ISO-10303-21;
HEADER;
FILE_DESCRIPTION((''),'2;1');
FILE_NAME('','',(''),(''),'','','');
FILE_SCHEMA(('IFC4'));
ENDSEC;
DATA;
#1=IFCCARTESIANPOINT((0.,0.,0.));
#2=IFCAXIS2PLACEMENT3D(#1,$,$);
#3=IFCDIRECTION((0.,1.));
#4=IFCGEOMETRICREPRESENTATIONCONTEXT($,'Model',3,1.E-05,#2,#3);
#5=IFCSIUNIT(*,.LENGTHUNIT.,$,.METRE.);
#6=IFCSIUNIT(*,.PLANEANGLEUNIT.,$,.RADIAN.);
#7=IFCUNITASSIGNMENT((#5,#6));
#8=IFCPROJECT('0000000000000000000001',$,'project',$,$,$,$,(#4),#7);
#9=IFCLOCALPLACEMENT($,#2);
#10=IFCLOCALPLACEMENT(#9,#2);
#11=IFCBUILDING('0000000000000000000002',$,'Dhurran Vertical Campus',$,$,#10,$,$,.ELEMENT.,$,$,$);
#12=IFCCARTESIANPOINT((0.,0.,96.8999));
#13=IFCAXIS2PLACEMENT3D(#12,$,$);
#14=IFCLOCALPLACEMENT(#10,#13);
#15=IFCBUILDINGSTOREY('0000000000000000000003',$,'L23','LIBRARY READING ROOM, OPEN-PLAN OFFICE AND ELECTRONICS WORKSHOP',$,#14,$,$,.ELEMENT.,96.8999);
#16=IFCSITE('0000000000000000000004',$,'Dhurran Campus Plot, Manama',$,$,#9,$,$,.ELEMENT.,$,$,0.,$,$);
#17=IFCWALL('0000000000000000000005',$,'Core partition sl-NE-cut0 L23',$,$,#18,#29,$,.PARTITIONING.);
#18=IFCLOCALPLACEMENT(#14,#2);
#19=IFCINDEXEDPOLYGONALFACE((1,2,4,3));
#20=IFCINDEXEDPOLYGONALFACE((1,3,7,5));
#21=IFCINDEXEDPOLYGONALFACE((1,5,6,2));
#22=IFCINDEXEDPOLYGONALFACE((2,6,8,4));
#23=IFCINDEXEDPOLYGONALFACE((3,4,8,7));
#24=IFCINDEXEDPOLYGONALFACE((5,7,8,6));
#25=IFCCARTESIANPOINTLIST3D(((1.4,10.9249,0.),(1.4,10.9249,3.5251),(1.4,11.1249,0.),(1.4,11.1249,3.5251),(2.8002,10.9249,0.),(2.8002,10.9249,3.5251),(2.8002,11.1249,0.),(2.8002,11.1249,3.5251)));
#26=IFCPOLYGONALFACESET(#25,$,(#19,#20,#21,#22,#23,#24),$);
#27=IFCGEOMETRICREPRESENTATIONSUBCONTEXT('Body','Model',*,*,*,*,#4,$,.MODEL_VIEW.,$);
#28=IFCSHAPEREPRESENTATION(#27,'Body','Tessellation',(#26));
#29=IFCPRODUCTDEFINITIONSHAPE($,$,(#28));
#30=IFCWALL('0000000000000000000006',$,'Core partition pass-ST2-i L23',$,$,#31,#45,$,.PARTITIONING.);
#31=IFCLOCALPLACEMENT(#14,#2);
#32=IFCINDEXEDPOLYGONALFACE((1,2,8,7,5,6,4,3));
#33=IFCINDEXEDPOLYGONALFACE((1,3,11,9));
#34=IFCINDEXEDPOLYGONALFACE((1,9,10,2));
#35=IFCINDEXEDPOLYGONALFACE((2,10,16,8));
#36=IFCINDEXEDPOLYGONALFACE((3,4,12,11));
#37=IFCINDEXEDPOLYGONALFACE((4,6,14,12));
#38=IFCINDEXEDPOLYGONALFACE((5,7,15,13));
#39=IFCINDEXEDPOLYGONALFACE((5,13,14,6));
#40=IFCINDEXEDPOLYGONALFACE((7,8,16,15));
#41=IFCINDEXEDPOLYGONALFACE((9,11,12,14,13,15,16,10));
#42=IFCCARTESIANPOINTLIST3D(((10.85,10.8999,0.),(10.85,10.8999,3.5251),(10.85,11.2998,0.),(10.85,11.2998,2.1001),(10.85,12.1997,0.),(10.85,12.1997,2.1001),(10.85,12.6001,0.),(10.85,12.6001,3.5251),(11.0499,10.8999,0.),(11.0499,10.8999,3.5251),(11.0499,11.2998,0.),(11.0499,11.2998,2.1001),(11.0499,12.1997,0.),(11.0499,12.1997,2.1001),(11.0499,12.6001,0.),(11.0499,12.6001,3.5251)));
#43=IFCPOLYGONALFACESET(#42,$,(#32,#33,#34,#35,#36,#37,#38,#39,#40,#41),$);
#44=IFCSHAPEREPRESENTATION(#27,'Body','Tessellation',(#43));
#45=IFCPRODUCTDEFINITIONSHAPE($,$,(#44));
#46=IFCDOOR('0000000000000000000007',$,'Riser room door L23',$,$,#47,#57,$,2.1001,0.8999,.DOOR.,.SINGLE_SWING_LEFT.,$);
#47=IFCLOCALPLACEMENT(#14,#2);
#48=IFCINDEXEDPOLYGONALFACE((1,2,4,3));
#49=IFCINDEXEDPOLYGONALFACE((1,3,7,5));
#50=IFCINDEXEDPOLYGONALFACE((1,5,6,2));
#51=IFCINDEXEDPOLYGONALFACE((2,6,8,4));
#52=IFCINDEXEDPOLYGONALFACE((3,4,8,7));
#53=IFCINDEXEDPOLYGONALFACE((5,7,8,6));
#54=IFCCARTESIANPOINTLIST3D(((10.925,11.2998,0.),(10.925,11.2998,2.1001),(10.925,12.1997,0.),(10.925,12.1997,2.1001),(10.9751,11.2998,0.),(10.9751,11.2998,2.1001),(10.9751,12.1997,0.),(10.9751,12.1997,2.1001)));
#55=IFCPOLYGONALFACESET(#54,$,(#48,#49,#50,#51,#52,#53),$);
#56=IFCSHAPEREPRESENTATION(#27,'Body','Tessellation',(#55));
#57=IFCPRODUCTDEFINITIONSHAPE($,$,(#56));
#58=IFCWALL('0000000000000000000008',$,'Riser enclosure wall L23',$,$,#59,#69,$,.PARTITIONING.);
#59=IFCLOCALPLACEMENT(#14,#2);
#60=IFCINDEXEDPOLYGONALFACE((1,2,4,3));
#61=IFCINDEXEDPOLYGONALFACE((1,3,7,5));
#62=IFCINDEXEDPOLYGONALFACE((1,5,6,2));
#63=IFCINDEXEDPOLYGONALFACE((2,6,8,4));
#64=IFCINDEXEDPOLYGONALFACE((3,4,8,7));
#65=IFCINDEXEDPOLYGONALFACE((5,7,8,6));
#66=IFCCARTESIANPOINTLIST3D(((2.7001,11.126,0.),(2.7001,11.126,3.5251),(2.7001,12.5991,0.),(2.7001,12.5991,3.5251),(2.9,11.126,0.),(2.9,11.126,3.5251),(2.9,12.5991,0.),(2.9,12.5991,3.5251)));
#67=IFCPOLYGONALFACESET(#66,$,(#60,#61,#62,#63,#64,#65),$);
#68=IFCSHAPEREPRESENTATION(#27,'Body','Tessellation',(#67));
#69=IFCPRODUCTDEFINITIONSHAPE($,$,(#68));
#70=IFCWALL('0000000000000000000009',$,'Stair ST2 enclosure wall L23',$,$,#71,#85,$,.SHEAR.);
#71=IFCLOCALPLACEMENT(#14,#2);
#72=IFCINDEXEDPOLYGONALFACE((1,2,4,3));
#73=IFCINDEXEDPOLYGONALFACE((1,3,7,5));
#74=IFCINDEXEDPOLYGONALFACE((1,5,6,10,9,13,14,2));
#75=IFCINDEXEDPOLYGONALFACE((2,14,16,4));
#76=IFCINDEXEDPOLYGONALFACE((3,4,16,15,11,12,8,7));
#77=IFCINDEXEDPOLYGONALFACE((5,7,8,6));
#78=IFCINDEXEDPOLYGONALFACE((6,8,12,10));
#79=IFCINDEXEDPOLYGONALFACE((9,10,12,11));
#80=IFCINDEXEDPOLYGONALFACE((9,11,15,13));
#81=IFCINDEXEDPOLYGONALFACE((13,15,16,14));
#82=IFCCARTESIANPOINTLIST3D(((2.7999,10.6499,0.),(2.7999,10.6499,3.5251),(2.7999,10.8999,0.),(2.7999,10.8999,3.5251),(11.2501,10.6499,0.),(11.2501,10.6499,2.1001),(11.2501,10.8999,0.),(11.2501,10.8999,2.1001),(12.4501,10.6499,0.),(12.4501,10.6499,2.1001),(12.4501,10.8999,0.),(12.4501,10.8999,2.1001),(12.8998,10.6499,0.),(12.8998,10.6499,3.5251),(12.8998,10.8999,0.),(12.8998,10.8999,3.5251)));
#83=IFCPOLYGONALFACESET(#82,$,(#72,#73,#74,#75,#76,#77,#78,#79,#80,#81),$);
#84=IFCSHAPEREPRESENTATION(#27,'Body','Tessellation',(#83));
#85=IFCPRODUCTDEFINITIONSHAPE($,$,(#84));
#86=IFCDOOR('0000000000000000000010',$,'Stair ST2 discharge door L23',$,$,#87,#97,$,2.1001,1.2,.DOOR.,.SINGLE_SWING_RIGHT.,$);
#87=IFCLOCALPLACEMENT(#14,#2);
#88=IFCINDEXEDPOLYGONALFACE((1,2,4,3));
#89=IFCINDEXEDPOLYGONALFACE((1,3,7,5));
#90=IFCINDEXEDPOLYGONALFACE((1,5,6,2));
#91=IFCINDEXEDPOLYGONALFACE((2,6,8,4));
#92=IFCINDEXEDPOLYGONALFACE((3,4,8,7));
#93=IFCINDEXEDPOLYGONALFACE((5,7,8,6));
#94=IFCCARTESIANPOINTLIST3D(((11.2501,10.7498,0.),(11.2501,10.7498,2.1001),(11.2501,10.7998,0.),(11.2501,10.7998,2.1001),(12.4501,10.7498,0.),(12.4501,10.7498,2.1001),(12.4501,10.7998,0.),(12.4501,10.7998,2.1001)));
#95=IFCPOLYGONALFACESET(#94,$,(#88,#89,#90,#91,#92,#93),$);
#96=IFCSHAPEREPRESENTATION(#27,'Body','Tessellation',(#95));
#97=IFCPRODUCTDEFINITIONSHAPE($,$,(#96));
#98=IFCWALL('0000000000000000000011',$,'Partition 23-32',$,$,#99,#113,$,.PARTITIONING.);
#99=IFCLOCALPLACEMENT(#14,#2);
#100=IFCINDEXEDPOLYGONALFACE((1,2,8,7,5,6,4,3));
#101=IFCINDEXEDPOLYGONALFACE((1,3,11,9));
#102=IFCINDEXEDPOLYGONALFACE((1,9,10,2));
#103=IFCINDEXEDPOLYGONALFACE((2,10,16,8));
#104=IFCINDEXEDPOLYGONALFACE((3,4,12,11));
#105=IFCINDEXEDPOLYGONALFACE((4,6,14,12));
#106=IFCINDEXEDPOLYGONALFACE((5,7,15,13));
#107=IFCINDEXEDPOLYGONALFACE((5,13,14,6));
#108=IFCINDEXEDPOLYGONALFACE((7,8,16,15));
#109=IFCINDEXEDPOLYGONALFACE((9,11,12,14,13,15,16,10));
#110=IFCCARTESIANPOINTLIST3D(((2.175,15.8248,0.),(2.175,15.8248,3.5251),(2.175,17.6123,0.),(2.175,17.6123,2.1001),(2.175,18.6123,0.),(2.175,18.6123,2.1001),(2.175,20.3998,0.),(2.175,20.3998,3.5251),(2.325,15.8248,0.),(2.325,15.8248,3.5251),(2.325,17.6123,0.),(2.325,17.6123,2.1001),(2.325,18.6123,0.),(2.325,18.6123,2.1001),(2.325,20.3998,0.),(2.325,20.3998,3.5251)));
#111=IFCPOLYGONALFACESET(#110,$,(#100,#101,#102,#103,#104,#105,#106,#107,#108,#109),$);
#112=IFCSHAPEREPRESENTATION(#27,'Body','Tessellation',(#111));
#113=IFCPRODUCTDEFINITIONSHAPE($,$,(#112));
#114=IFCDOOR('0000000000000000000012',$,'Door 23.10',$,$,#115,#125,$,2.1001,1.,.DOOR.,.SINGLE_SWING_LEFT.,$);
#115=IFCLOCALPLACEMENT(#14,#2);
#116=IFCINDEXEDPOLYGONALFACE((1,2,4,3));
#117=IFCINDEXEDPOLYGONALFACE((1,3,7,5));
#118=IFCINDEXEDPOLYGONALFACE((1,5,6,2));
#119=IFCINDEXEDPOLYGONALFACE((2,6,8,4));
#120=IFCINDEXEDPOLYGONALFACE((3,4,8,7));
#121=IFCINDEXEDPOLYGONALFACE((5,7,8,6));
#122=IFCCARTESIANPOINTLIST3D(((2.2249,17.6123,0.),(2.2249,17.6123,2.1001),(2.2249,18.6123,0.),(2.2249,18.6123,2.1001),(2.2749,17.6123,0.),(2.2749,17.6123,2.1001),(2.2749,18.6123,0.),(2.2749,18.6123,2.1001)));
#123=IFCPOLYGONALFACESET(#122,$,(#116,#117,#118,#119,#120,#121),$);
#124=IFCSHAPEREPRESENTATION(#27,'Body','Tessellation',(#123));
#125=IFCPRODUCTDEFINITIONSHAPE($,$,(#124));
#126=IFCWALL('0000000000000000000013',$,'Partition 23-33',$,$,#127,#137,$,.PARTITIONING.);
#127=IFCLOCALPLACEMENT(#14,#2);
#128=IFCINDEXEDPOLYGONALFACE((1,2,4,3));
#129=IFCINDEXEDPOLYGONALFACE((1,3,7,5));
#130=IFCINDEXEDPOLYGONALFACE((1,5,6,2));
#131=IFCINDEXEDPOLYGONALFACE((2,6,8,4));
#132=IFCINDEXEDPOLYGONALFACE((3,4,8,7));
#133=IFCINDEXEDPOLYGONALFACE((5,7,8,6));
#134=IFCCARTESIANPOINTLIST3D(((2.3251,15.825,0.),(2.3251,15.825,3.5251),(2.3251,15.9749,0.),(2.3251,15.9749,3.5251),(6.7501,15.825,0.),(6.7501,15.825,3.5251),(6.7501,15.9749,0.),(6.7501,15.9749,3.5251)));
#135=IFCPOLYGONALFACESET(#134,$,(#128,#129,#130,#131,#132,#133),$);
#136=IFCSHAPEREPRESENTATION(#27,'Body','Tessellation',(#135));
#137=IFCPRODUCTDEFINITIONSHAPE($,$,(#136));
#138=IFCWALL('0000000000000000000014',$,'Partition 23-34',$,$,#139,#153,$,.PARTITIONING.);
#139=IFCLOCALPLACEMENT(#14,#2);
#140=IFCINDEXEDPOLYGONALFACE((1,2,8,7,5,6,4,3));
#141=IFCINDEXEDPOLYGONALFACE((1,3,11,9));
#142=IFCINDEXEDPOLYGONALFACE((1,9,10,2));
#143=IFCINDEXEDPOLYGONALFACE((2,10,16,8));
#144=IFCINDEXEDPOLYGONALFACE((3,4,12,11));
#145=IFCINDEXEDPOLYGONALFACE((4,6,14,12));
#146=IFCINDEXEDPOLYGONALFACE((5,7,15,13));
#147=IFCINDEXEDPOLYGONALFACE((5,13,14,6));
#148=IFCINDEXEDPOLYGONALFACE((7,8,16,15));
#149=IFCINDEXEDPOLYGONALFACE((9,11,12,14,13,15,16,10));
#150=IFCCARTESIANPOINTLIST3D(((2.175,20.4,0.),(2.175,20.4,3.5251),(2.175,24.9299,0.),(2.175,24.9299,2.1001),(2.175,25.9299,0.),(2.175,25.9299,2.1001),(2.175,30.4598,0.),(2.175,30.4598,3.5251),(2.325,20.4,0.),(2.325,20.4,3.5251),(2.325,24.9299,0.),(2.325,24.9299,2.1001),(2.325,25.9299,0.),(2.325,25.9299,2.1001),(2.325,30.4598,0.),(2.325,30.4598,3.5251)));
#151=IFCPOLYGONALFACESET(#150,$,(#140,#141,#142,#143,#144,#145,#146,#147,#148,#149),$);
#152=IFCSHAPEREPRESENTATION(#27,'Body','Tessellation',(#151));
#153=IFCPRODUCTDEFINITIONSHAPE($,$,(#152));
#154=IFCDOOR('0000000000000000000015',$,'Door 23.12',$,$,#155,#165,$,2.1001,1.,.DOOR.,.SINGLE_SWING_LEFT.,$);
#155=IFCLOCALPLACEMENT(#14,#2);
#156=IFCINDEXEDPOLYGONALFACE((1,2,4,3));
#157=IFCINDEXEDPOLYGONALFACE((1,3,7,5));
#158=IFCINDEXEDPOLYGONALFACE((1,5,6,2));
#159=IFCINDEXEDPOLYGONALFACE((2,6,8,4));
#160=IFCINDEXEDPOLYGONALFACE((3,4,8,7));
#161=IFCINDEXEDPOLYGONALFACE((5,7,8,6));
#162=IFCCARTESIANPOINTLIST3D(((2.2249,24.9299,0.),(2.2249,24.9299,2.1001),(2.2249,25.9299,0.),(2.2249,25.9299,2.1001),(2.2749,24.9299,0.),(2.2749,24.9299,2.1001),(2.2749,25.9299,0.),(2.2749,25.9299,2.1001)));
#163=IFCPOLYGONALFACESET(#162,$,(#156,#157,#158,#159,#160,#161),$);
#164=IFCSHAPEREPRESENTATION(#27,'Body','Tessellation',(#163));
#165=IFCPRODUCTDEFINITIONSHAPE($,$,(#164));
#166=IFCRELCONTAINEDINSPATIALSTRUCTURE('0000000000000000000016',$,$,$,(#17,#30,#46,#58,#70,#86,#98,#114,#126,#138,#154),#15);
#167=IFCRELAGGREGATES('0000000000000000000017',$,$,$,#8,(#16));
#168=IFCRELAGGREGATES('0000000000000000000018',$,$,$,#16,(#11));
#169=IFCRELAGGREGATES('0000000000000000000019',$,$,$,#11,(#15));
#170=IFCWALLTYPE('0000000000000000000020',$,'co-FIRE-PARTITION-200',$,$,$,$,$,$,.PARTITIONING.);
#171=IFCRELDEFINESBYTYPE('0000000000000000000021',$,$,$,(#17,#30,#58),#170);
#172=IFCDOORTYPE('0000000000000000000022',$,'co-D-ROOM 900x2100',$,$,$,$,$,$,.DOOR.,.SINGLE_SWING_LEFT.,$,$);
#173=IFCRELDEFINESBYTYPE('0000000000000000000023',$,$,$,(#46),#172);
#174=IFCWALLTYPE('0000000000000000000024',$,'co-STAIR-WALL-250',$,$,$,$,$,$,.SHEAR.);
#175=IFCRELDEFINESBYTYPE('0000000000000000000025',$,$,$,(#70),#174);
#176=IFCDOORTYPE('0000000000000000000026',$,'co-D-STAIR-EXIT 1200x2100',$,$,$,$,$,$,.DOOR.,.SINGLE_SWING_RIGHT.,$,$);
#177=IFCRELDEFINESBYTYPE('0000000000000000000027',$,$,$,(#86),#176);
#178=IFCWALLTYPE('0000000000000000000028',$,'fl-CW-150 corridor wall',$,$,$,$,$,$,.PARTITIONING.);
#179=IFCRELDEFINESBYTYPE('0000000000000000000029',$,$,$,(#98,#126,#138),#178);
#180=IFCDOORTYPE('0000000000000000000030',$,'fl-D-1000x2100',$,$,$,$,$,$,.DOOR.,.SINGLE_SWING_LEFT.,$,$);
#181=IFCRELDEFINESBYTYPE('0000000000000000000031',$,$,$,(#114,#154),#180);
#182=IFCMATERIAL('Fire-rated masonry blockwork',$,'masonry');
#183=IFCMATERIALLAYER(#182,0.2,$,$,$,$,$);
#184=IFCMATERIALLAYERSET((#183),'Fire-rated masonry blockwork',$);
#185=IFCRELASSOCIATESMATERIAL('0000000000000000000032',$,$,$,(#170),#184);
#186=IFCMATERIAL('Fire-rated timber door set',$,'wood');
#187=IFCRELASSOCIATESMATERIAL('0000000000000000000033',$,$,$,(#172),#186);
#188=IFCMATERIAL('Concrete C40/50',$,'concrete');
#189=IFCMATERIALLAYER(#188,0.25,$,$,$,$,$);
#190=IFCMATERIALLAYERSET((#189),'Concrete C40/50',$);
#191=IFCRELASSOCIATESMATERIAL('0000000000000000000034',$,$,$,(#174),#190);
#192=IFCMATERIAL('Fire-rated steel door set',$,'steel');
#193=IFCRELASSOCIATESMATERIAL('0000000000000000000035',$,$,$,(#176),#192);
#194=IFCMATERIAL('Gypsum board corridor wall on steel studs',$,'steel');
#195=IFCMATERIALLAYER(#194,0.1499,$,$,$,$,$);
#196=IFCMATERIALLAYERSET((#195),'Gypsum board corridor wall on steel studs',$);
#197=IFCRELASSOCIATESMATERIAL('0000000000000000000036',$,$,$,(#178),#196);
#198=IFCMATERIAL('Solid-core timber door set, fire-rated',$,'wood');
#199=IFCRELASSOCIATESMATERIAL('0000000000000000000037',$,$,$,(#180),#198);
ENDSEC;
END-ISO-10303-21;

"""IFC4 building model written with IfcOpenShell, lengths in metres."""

from ifc_helpers import new_model, si_unit, direction, frame, frame_2d, origin, place, context, subcontext, project, spatial, rectangle, extrude, material, layer, layer_set, type_object, element, fill, save


model = new_model("IFC4")

# Units and contexts
model_context = context("Model", 3, precision=1e-05, world=origin(), true_north=direction((0.0, 1.0)))
body_context = subcontext(model_context, "Body", "Model", "MODEL_VIEW")
ifc_project = project(units=[si_unit("LENGTHUNIT", "METRE"), si_unit("PLANEANGLEUNIT", "RADIAN")], contexts=[model_context])

# Site, building, storey
site_placement = place(None, origin())
site = spatial("IfcSite", under=ifc_project, at=site_placement, Name="Dhurran Campus Plot, Manama", CompositionType="ELEMENT", RefElevation=0.0)
building_placement = place(site_placement, origin())
building = spatial("IfcBuilding", under=site, at=building_placement, Name="Dhurran Vertical Campus", CompositionType="ELEMENT")
storey_placement = place(building_placement, frame((0.0, 0.0, 96.8999)))
storey = spatial("IfcBuildingStorey", under=building, at=storey_placement, Name="L23", Description="LIBRARY READING ROOM, OPEN-PLAN OFFICE AND ELECTRONICS WORKSHOP", CompositionType="ELEMENT", Elevation=96.8999)

# Wall
ifc_material_1 = material(Name="Fire-rated masonry blockwork", Category="masonry")
ifc_layer_1 = layer(ifc_material_1, 0.2)
ifc_layer_set_1 = layer_set([ifc_layer_1], Name="Fire-rated masonry blockwork")
wall_type_1 = type_object("IfcWallType", Name="co-FIRE-PARTITION-200", PredefinedType="PARTITIONING", material=ifc_layer_set_1)
wall_1_placement = place(storey_placement, frame((1.3999, 11.0249, 0.0), z_axis=(0.0, 0.0, 1.0), x_axis=(1.0, 0.0, 0.0)))
element("IfcWall", 1, at=wall_1_placement, inside=storey, type_object=wall_type_1, Name="Core partition sl-NE-cut0 L23", PredefinedType="PARTITIONING", context=body_context, shape_type="SweptSolid", body=[
    extrude(rectangle(XDim=1.4001, YDim=0.2, at=frame_2d((0.7002, 0.0))), origin(), (0.0, 0.0, 1.0), 3.5251),
])

# Wall, opening, door
wall_2_placement = place(storey_placement, frame((10.95, 10.8999, 0.0), z_axis=(0.0, 0.0, 1.0), x_axis=(0.0, 1.0, 0.0)))
wall_2 = element("IfcWall", 2, at=wall_2_placement, inside=storey, type_object=wall_type_1, Name="Core partition pass-ST2-i L23", PredefinedType="PARTITIONING", context=body_context, shape_type="SweptSolid", body=[
    extrude(rectangle(XDim=1.7002, YDim=0.2, at=frame_2d((0.8501, 0.0))), origin(), (0.0, 0.0, 1.0), 3.5251),
])
opening_1_placement = place(wall_2_placement, frame((0.3999, 0.0, 0.0)))
opening_1 = element("IfcOpeningElement", 3, at=opening_1_placement, cuts=wall_2, PredefinedType="OPENING", context=body_context, shape_type="SweptSolid", body=[
    extrude(rectangle(XDim=0.8999, YDim=2.1001, at=frame_2d((0.45, 1.05))), frame((0.0, 0.1099, 0.0), z_axis=(0.0, -1.0, 0.0), x_axis=(1.0, 0.0, 0.0)), (0.0, 0.0, 1.0), 0.22),
])
ifc_material_2 = material(Name="Fire-rated timber door set", Category="wood")
door_type_1 = type_object("IfcDoorType", Name="co-D-ROOM 900x2100", OperationType="SINGLE_SWING_LEFT", PredefinedType="DOOR", material=ifc_material_2)
door_1_placement = place(opening_1_placement, origin())
door_1 = element("IfcDoor", 4, at=door_1_placement, inside=storey, type_object=door_type_1, Name="Riser room door L23", OperationType="SINGLE_SWING_LEFT", OverallHeight=2.1001, OverallWidth=0.8999, PredefinedType="DOOR", context=body_context, shape_type="SweptSolid", body=[
    extrude(rectangle(XDim=0.8999, YDim=2.1001, at=frame_2d((0.45, 1.05))), frame((0.0, 0.0249, 0.0), z_axis=(0.0, -1.0, 0.0), x_axis=(1.0, 0.0, 0.0)), (0.0, 0.0, 1.0), 0.05),
])
fill(opening_1, door_1)

# Wall
wall_3_placement = place(storey_placement, frame((2.8, 12.5991, 0.0), z_axis=(0.0, 0.0, 1.0), x_axis=(0.0, -1.0, 0.0)))
element("IfcWall", 5, at=wall_3_placement, inside=storey, type_object=wall_type_1, Name="Riser enclosure wall L23", PredefinedType="PARTITIONING", context=body_context, shape_type="SweptSolid", body=[
    extrude(rectangle(XDim=1.4731, YDim=0.2, at=frame_2d((0.7366, 0.0))), origin(), (0.0, 0.0, 1.0), 3.5251),
])

# Walls, openings, doors
ifc_material_3 = material(Name="Concrete C40/50", Category="concrete")
ifc_layer_2 = layer(ifc_material_3, 0.25)
ifc_layer_set_2 = layer_set([ifc_layer_2], Name="Concrete C40/50")
wall_type_2 = type_object("IfcWallType", Name="co-STAIR-WALL-250", PredefinedType="SHEAR", material=ifc_layer_set_2)
wall_4_placement = place(storey_placement, frame((2.8, 10.7749, 0.0), z_axis=(0.0, 0.0, 1.0), x_axis=(1.0, 0.0, 0.0)))
wall_4 = element("IfcWall", 6, at=wall_4_placement, inside=storey, type_object=wall_type_2, Name="Stair ST2 enclosure wall L23", PredefinedType="SHEAR", context=body_context, shape_type="SweptSolid", body=[
    extrude(rectangle(XDim=10.0999, YDim=0.25, at=frame_2d((5.0498, 0.0))), origin(), (0.0, 0.0, 1.0), 3.5251),
])
opening_2_placement = place(wall_4_placement, frame((8.45, 0.0, 0.0)))
opening_2 = element("IfcOpeningElement", 7, at=opening_2_placement, cuts=wall_4, PredefinedType="OPENING", context=body_context, shape_type="SweptSolid", body=[
    extrude(rectangle(XDim=1.2, YDim=2.1001, at=frame_2d((0.6001, 1.05))), frame((0.0, 0.135, 0.0), z_axis=(0.0, -1.0, 0.0), x_axis=(1.0, 0.0, 0.0)), (0.0, 0.0, 1.0), 0.27),
])
ifc_material_4 = material(Name="Fire-rated steel door set", Category="steel")
door_type_2 = type_object("IfcDoorType", Name="co-D-STAIR-EXIT 1200x2100", OperationType="SINGLE_SWING_RIGHT", PredefinedType="DOOR", material=ifc_material_4)
door_2_placement = place(opening_2_placement, origin())
door_2 = element("IfcDoor", 8, at=door_2_placement, inside=storey, type_object=door_type_2, Name="Stair ST2 discharge door L23", OperationType="SINGLE_SWING_RIGHT", OverallHeight=2.1001, OverallWidth=1.2, PredefinedType="DOOR", context=body_context, shape_type="SweptSolid", body=[
    extrude(rectangle(XDim=1.2, YDim=2.1001, at=frame_2d((0.6001, 1.05))), frame((0.0, 0.0249, 0.0), z_axis=(0.0, -1.0, 0.0), x_axis=(1.0, 0.0, 0.0)), (0.0, 0.0, 1.0), 0.05),
])
fill(opening_2, door_2)
ifc_material_5 = material(Name="Gypsum board corridor wall on steel studs", Category="steel")
ifc_layer_3 = layer(ifc_material_5, 0.1499)
ifc_layer_set_3 = layer_set([ifc_layer_3], Name="Gypsum board corridor wall on steel studs")
wall_type_3 = type_object("IfcWallType", Name="fl-CW-150 corridor wall", PredefinedType="PARTITIONING", material=ifc_layer_set_3)
wall_5_placement = place(storey_placement, frame((2.25, 20.3999, 0.0), z_axis=(0.0, 0.0, 1.0), x_axis=(0.0, -1.0, 0.0)))
wall_5 = element("IfcWall", 9, at=wall_5_placement, inside=storey, type_object=wall_type_3, Name="Partition 23-32", PredefinedType="PARTITIONING", context=body_context, shape_type="SweptSolid", body=[
    extrude(rectangle(XDim=4.575, YDim=0.1499, at=frame_2d((2.2876, 0.0))), origin(), (0.0, 0.0, 1.0), 3.5251),
])
opening_3_placement = place(wall_5_placement, frame((1.7876, 0.0, 0.0)))
opening_3 = element("IfcOpeningElement", 10, at=opening_3_placement, cuts=wall_5, PredefinedType="OPENING", context=body_context, shape_type="SweptSolid", body=[
    extrude(rectangle(XDim=1.0, YDim=2.1001, at=frame_2d((0.5, 1.05))), frame((0.0, 0.085, 0.0), z_axis=(0.0, -1.0, 0.0), x_axis=(1.0, 0.0, 0.0)), (0.0, 0.0, 1.0), 0.1699),
])
ifc_material_6 = material(Name="Solid-core timber door set, fire-rated", Category="wood")
door_type_3 = type_object("IfcDoorType", Name="fl-D-1000x2100", OperationType="SINGLE_SWING_LEFT", PredefinedType="DOOR", material=ifc_material_6)
door_3_placement = place(opening_3_placement, origin())
door_3 = element("IfcDoor", 11, at=door_3_placement, inside=storey, type_object=door_type_3, Name="Door 23.10", OperationType="SINGLE_SWING_LEFT", OverallHeight=2.1001, OverallWidth=1.0, PredefinedType="DOOR", context=body_context, shape_type="SweptSolid", body=[
    extrude(rectangle(XDim=1.0, YDim=2.1001, at=frame_2d((0.5, 1.05))), frame((0.0, 0.0249, 0.0), z_axis=(0.0, -1.0, 0.0), x_axis=(1.0, 0.0, 0.0)), (0.0, 0.0, 1.0), 0.05),
])
fill(opening_3, door_3)

# Wall
wall_6_placement = place(storey_placement, frame((6.75, 15.8999, 0.0), z_axis=(0.0, 0.0, 1.0), x_axis=(-1.0, 0.0, 0.0)))
element("IfcWall", 12, at=wall_6_placement, inside=storey, type_object=wall_type_3, Name="Partition 23-33", PredefinedType="PARTITIONING", context=body_context, shape_type="SweptSolid", body=[
    extrude(rectangle(XDim=4.425, YDim=0.1499, at=frame_2d((2.2124, 0.0))), origin(), (0.0, 0.0, 1.0), 3.5251),
])

# Wall, opening, door
wall_7_placement = place(storey_placement, frame((2.25, 30.4597, 0.0), z_axis=(0.0, 0.0, 1.0), x_axis=(0.0, -1.0, 0.0)))
wall_7 = element("IfcWall", 13, at=wall_7_placement, inside=storey, type_object=wall_type_3, Name="Partition 23-34", PredefinedType="PARTITIONING", context=body_context, shape_type="SweptSolid", body=[
    extrude(rectangle(XDim=10.0598, YDim=0.1499, at=frame_2d((5.0298, 0.0))), origin(), (0.0, 0.0, 1.0), 3.5251),
])
opening_4_placement = place(wall_7_placement, frame((4.5298, 0.0, 0.0)))
opening_4 = element("IfcOpeningElement", 14, at=opening_4_placement, cuts=wall_7, PredefinedType="OPENING", context=body_context, shape_type="SweptSolid", body=[
    extrude(rectangle(XDim=1.0, YDim=2.1001, at=frame_2d((0.5, 1.05))), frame((0.0, 0.085, 0.0), z_axis=(0.0, -1.0, 0.0), x_axis=(1.0, 0.0, 0.0)), (0.0, 0.0, 1.0), 0.1699),
])
door_4_placement = place(opening_4_placement, origin())
door_4 = element("IfcDoor", 15, at=door_4_placement, inside=storey, type_object=door_type_3, Name="Door 23.12", OperationType="SINGLE_SWING_LEFT", OverallHeight=2.1001, OverallWidth=1.0, PredefinedType="DOOR", context=body_context, shape_type="SweptSolid", body=[
    extrude(rectangle(XDim=1.0, YDim=2.1001, at=frame_2d((0.5, 1.05))), frame((0.0, 0.0249, 0.0), z_axis=(0.0, -1.0, 0.0), x_axis=(1.0, 0.0, 0.0)), (0.0, 0.0, 1.0), 0.05),
])
fill(opening_4, door_4)

save(model, "model.ifc")
